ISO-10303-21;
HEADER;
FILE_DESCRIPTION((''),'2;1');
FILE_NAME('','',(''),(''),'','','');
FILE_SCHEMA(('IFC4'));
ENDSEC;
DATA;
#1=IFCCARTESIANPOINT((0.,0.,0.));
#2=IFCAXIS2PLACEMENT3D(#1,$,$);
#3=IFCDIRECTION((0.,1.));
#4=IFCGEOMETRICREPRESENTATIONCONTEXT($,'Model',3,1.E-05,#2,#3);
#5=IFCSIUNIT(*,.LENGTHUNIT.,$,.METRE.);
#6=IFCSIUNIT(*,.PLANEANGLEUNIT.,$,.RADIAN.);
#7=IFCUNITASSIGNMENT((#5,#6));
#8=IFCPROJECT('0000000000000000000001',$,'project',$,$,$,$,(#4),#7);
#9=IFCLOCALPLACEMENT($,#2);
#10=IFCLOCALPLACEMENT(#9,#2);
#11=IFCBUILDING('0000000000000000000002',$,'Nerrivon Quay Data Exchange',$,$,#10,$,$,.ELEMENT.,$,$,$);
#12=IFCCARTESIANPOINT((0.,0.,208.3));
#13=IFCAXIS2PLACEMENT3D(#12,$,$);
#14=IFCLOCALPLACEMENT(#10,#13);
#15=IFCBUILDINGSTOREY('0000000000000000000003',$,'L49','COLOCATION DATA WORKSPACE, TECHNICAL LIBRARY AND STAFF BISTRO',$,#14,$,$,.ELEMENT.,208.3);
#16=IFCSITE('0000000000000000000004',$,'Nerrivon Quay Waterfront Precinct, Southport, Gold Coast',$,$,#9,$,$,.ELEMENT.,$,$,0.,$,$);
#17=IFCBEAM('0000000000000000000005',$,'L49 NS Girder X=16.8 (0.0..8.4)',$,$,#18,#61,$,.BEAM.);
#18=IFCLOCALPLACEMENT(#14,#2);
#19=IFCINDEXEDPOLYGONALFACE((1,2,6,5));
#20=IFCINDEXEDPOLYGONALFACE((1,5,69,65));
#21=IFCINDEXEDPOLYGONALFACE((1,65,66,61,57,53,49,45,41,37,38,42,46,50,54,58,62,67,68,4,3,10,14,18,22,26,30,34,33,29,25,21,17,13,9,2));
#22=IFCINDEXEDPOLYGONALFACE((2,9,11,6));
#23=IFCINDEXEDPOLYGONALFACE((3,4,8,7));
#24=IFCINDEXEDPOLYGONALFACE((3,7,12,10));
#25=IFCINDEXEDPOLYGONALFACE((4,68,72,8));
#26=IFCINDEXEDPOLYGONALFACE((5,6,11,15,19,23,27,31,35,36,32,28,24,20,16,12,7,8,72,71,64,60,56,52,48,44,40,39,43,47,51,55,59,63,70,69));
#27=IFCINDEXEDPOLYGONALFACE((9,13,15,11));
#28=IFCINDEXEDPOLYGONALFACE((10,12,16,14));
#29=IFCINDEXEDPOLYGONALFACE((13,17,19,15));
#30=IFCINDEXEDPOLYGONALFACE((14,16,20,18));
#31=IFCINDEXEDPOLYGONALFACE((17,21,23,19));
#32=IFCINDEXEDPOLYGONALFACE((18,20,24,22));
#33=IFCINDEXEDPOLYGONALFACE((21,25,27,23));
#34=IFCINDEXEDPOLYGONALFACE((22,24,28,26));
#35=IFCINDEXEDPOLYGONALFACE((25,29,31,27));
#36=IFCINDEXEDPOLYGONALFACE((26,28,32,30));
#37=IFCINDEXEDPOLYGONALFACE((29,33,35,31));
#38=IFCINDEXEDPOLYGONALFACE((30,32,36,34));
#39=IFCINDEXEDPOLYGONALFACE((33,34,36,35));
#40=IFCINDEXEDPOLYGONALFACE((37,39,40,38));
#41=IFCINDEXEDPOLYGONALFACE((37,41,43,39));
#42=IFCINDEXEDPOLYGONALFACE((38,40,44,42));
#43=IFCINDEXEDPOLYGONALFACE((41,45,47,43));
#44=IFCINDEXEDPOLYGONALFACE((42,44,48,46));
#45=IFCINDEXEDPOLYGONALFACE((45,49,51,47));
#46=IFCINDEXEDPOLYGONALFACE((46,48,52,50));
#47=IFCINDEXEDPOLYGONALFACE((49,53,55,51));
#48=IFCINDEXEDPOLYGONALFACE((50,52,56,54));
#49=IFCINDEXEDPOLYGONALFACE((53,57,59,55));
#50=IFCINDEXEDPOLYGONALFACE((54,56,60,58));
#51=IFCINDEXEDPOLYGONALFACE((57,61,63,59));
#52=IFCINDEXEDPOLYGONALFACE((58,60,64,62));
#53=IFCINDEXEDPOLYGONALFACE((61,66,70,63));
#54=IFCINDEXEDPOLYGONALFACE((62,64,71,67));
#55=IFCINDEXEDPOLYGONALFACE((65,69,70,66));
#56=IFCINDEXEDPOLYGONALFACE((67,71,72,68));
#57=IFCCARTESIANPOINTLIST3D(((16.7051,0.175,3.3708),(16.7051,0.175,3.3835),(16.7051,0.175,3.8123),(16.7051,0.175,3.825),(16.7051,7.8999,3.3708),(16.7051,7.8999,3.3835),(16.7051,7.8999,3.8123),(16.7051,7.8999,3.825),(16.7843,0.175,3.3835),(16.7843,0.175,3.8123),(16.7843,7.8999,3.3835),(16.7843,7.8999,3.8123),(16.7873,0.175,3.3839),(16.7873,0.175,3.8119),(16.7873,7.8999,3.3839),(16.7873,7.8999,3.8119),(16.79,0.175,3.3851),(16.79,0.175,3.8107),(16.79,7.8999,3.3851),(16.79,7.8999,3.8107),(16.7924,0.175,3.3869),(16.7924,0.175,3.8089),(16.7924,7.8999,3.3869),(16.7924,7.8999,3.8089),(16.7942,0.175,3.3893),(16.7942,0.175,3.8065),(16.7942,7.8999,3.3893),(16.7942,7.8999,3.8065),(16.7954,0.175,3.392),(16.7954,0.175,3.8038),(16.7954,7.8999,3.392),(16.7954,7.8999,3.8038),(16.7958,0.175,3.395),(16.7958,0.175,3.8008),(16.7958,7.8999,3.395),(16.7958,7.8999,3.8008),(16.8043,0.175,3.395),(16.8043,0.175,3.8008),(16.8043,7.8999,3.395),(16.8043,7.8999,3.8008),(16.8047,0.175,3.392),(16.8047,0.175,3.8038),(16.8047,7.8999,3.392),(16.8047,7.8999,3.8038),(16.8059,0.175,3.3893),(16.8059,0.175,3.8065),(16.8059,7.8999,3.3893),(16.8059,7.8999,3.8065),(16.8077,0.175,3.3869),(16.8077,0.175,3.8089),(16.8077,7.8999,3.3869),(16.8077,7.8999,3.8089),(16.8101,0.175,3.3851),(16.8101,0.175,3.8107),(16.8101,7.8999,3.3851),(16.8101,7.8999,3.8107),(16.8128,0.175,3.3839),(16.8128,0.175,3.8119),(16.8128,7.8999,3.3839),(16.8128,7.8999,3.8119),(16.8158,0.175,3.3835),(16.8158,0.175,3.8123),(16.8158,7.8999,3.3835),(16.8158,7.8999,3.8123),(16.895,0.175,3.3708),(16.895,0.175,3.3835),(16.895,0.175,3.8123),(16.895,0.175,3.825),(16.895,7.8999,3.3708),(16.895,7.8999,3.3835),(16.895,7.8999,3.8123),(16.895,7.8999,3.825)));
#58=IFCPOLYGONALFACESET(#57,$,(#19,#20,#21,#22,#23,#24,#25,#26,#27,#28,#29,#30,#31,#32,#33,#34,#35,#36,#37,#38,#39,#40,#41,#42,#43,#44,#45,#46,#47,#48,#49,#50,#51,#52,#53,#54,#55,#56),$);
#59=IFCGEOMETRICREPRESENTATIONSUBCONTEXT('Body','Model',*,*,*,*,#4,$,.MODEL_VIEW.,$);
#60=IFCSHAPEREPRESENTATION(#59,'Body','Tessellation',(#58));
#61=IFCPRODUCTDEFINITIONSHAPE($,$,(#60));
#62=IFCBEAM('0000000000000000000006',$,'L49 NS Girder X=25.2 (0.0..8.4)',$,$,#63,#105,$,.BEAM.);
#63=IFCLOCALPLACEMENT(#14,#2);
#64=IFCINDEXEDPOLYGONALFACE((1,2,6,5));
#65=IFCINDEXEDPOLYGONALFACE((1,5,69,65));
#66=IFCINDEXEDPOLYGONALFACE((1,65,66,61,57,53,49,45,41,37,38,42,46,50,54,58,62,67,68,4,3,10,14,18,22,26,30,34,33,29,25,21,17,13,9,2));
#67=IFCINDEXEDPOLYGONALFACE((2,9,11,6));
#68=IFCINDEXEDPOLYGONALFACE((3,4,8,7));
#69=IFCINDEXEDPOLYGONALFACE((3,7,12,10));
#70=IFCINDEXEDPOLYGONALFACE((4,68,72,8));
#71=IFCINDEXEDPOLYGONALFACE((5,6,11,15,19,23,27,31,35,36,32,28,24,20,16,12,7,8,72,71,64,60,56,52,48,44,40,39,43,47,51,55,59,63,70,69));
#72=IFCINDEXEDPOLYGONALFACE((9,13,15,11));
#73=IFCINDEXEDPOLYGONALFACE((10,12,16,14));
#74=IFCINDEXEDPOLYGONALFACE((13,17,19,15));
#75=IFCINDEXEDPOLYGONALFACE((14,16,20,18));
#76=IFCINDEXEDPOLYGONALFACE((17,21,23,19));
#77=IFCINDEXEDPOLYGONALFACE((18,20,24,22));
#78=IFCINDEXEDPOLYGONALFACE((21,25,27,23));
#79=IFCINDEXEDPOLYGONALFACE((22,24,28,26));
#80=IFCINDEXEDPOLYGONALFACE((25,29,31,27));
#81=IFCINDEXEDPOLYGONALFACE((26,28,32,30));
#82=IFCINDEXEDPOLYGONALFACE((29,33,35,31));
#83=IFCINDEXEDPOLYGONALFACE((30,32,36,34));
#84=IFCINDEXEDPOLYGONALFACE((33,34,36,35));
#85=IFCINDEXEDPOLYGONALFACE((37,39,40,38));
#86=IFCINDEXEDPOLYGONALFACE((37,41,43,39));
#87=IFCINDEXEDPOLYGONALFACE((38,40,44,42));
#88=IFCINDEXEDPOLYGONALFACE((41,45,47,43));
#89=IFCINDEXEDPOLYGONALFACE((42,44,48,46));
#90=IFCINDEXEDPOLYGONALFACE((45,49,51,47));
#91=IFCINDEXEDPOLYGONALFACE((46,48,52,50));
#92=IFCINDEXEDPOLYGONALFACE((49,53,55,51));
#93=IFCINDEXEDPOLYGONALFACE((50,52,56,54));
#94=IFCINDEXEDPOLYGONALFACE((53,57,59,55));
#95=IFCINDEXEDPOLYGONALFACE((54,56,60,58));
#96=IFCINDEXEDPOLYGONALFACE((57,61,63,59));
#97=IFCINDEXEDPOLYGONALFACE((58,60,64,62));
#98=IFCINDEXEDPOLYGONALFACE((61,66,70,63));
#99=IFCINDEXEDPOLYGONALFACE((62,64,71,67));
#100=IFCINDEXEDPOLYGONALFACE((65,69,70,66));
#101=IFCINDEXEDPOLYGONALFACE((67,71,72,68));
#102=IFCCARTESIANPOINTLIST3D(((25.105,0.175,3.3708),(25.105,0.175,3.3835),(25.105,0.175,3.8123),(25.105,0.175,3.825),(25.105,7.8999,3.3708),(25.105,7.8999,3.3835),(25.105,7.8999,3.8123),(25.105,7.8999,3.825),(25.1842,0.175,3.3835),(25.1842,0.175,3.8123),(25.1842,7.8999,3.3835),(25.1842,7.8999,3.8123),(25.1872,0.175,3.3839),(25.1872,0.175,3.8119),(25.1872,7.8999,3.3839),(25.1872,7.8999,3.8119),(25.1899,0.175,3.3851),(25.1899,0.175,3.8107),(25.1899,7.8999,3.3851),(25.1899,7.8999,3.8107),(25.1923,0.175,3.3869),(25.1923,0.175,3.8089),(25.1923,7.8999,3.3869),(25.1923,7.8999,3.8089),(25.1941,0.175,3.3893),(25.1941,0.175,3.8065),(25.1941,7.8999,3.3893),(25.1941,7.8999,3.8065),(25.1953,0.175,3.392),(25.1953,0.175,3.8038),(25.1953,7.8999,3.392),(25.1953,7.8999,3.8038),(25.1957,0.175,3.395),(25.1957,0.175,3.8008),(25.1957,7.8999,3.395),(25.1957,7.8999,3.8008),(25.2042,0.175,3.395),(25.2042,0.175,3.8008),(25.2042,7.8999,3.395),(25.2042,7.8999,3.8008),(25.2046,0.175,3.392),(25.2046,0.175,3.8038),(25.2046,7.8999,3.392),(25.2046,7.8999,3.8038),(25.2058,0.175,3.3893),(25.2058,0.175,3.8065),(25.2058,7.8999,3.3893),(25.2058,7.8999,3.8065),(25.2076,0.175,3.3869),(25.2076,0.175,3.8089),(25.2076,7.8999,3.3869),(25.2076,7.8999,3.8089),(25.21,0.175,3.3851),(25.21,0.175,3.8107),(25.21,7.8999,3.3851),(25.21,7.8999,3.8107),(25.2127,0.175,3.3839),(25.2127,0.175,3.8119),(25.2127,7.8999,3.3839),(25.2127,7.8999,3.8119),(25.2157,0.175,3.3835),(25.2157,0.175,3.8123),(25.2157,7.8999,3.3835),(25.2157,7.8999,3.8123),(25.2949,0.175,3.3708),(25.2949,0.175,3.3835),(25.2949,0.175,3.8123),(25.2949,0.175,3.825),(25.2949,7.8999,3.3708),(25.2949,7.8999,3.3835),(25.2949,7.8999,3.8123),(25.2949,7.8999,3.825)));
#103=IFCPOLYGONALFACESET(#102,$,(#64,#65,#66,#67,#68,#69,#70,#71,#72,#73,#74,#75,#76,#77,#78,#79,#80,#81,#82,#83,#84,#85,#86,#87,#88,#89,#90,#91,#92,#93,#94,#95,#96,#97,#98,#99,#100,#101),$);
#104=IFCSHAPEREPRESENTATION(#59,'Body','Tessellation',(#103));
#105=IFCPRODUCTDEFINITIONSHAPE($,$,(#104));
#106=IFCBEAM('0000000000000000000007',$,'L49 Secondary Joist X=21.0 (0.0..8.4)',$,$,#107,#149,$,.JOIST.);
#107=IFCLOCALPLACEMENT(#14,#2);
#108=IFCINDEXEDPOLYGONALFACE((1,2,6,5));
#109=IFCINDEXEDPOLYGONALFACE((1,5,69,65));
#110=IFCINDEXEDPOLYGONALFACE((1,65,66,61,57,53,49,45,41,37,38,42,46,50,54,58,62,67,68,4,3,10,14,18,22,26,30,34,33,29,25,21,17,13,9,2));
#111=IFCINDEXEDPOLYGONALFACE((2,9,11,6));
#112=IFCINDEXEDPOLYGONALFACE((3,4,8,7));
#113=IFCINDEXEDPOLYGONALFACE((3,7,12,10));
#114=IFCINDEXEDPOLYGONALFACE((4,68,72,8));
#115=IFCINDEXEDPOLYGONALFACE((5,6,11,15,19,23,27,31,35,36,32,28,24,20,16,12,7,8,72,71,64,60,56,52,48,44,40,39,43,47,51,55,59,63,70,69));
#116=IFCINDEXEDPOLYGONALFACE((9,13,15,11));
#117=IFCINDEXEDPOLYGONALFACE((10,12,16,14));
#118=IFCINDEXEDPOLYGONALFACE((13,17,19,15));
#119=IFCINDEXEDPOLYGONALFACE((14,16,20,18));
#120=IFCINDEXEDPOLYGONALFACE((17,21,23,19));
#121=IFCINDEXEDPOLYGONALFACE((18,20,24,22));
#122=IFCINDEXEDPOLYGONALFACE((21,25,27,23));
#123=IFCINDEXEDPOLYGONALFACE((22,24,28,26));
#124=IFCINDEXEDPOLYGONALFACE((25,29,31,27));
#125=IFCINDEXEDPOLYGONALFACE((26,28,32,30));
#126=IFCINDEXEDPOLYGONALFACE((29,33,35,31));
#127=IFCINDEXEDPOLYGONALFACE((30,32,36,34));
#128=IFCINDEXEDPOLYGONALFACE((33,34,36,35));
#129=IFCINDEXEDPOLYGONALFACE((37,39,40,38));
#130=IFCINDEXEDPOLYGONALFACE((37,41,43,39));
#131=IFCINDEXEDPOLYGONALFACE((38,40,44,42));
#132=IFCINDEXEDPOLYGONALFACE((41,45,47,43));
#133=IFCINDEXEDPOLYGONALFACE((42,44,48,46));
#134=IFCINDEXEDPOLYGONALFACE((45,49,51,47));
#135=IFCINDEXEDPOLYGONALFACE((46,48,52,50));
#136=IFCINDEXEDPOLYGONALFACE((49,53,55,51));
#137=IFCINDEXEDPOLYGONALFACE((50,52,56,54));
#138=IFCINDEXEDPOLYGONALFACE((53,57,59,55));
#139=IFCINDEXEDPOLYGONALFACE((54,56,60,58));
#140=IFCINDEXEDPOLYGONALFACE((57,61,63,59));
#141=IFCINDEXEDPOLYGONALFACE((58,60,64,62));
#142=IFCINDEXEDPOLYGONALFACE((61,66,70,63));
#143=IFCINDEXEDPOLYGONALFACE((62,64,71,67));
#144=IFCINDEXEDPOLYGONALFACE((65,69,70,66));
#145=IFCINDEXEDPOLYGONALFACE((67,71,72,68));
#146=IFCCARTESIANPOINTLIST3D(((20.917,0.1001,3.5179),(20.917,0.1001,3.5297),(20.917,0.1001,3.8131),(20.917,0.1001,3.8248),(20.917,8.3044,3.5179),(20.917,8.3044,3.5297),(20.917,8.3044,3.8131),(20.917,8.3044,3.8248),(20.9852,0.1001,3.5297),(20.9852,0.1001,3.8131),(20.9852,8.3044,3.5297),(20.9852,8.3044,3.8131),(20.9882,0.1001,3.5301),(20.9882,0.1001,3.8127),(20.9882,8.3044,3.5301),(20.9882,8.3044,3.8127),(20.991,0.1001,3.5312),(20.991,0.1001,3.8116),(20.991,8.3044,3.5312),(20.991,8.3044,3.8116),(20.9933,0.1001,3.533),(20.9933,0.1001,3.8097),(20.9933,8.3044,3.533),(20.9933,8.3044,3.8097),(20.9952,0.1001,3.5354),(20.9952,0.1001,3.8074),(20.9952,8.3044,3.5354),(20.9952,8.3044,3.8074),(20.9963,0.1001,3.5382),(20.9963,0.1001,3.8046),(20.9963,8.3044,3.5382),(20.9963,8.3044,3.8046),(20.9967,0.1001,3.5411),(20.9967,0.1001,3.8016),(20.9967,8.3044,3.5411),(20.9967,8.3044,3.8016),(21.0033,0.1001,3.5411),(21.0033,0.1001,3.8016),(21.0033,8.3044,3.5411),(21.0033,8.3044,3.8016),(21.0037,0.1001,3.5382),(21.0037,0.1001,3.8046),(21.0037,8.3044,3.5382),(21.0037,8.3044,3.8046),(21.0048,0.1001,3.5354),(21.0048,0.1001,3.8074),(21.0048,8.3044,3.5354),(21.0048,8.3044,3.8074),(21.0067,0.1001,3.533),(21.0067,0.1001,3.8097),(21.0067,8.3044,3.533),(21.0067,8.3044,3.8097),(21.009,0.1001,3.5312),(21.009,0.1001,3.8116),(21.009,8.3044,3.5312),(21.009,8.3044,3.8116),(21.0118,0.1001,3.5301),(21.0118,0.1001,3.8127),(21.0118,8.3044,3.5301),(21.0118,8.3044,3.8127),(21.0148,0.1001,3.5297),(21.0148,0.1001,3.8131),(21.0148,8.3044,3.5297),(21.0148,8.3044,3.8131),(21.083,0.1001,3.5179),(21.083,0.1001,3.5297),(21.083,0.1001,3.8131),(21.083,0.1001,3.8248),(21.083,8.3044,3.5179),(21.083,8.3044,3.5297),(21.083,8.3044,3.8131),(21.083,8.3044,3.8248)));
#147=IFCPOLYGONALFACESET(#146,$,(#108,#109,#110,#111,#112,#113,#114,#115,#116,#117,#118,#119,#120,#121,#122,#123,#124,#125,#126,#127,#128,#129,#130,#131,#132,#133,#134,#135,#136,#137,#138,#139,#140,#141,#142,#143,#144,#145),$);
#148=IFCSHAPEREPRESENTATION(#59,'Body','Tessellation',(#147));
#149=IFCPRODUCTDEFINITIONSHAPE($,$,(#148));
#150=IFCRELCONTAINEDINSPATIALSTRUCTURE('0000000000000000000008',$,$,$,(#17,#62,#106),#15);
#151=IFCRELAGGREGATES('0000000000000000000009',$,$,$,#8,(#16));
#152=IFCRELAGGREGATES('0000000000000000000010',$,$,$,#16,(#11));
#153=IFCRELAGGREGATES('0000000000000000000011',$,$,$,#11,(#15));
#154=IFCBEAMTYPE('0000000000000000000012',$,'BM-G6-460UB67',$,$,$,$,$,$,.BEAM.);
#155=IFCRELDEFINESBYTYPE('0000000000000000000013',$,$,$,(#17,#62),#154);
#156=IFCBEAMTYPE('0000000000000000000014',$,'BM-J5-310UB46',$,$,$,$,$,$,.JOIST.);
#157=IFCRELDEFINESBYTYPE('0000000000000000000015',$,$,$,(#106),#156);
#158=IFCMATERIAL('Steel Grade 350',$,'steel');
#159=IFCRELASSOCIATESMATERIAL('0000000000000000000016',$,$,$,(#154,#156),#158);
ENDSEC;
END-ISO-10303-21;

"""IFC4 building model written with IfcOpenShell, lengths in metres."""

from ifc_helpers import new_model, si_unit, direction, frame, origin, origin_2d, place, context, subcontext, project, spatial, i_section, extrude, material, material_profile, profile_set, type_object, element, save


model = new_model("IFC4")

# Units and contexts
model_context = context("Model", 3, precision=1e-05, world=origin(), true_north=direction((0.0, 1.0)))
body_context = subcontext(model_context, "Body", "Model", "MODEL_VIEW")
ifc_project = project(units=[si_unit("LENGTHUNIT", "METRE"), si_unit("PLANEANGLEUNIT", "RADIAN")], contexts=[model_context])

# Site, building, storey
site_placement = place(None, origin())
site = spatial("IfcSite", under=ifc_project, at=site_placement, Name="Nerrivon Quay Waterfront Precinct, Southport, Gold Coast", CompositionType="ELEMENT", RefElevation=0.0)
building_placement = place(site_placement, origin())
building = spatial("IfcBuilding", under=site, at=building_placement, Name="Nerrivon Quay Data Exchange", CompositionType="ELEMENT")
storey_placement = place(building_placement, frame((0.0, 0.0, 208.3)))
storey = spatial("IfcBuildingStorey", under=building, at=storey_placement, Name="L49", Description="COLOCATION DATA WORKSPACE, TECHNICAL LIBRARY AND STAFF BISTRO", CompositionType="ELEMENT", Elevation=208.3)

# Shared definitions
ifc_material_1 = material(Name="Steel Grade 350", Category="steel")

# Beams
ifc_material_profile_1 = material_profile(ifc_material_1, i_section(OverallWidth=0.1899, OverallDepth=0.4541, WebThickness=0.0085, FlangeThickness=0.0127, FilletRadius=0.0115, at=origin_2d()), Name="460UB67.1")
ifc_profile_set_1 = profile_set([ifc_material_profile_1], Name="Steel Grade 350")
beam_type_1 = type_object("IfcBeamType", Name="BM-G6-460UB67", PredefinedType="BEAM", material=ifc_profile_set_1)
for number, where, z_axis, x_axis, name in (
    (1, (16.8, 0.175, 3.5979), (0.0, 1.0, 0.0), (-1.0, 0.0, 0.0), "L49 NS Girder X=16.8 (0.0..8.4)"),
    (2, (25.2, 0.175, 3.5979), (0.0, 1.0, 0.0), (-1.0, 0.0, 0.0), "L49 NS Girder X=25.2 (0.0..8.4)"),
):
    element("IfcBeam", number, at=place(storey_placement, frame(where, z_axis=z_axis, x_axis=x_axis)), inside=storey, type_object=beam_type_1, Name=name, PredefinedType="BEAM", context=body_context, shape_type="SweptSolid", body=[
        extrude(i_section(OverallWidth=0.1899, OverallDepth=0.4541, WebThickness=0.0085, FlangeThickness=0.0127, FilletRadius=0.0115, at=origin_2d()), origin(), (0.0, 0.0, 1.0), 7.7249),
    ])
ifc_material_profile_2 = material_profile(ifc_material_1, i_section(OverallWidth=0.166, OverallDepth=0.3069, WebThickness=0.0066, FlangeThickness=0.0117, FilletRadius=0.0115, at=origin_2d()), Name="310UB46.2")
ifc_profile_set_2 = profile_set([ifc_material_profile_2], Name="Steel Grade 350")
beam_type_2 = type_object("IfcBeamType", Name="BM-J5-310UB46", PredefinedType="JOIST", material=ifc_profile_set_2)
beam_1_placement = place(storey_placement, frame((21.0, 0.1001, 3.6714), z_axis=(0.0, 1.0, 0.0), x_axis=(-1.0, 0.0, 0.0)))
element("IfcBeam", 3, at=beam_1_placement, inside=storey, type_object=beam_type_2, Name="L49 Secondary Joist X=21.0 (0.0..8.4)", PredefinedType="JOIST", context=body_context, shape_type="SweptSolid", body=[
    extrude(i_section(OverallWidth=0.166, OverallDepth=0.3069, WebThickness=0.0066, FlangeThickness=0.0117, FilletRadius=0.0115, at=origin_2d()), origin(), (0.0, 0.0, 1.0), 8.2043),
])

save(model, "model.ifc")
